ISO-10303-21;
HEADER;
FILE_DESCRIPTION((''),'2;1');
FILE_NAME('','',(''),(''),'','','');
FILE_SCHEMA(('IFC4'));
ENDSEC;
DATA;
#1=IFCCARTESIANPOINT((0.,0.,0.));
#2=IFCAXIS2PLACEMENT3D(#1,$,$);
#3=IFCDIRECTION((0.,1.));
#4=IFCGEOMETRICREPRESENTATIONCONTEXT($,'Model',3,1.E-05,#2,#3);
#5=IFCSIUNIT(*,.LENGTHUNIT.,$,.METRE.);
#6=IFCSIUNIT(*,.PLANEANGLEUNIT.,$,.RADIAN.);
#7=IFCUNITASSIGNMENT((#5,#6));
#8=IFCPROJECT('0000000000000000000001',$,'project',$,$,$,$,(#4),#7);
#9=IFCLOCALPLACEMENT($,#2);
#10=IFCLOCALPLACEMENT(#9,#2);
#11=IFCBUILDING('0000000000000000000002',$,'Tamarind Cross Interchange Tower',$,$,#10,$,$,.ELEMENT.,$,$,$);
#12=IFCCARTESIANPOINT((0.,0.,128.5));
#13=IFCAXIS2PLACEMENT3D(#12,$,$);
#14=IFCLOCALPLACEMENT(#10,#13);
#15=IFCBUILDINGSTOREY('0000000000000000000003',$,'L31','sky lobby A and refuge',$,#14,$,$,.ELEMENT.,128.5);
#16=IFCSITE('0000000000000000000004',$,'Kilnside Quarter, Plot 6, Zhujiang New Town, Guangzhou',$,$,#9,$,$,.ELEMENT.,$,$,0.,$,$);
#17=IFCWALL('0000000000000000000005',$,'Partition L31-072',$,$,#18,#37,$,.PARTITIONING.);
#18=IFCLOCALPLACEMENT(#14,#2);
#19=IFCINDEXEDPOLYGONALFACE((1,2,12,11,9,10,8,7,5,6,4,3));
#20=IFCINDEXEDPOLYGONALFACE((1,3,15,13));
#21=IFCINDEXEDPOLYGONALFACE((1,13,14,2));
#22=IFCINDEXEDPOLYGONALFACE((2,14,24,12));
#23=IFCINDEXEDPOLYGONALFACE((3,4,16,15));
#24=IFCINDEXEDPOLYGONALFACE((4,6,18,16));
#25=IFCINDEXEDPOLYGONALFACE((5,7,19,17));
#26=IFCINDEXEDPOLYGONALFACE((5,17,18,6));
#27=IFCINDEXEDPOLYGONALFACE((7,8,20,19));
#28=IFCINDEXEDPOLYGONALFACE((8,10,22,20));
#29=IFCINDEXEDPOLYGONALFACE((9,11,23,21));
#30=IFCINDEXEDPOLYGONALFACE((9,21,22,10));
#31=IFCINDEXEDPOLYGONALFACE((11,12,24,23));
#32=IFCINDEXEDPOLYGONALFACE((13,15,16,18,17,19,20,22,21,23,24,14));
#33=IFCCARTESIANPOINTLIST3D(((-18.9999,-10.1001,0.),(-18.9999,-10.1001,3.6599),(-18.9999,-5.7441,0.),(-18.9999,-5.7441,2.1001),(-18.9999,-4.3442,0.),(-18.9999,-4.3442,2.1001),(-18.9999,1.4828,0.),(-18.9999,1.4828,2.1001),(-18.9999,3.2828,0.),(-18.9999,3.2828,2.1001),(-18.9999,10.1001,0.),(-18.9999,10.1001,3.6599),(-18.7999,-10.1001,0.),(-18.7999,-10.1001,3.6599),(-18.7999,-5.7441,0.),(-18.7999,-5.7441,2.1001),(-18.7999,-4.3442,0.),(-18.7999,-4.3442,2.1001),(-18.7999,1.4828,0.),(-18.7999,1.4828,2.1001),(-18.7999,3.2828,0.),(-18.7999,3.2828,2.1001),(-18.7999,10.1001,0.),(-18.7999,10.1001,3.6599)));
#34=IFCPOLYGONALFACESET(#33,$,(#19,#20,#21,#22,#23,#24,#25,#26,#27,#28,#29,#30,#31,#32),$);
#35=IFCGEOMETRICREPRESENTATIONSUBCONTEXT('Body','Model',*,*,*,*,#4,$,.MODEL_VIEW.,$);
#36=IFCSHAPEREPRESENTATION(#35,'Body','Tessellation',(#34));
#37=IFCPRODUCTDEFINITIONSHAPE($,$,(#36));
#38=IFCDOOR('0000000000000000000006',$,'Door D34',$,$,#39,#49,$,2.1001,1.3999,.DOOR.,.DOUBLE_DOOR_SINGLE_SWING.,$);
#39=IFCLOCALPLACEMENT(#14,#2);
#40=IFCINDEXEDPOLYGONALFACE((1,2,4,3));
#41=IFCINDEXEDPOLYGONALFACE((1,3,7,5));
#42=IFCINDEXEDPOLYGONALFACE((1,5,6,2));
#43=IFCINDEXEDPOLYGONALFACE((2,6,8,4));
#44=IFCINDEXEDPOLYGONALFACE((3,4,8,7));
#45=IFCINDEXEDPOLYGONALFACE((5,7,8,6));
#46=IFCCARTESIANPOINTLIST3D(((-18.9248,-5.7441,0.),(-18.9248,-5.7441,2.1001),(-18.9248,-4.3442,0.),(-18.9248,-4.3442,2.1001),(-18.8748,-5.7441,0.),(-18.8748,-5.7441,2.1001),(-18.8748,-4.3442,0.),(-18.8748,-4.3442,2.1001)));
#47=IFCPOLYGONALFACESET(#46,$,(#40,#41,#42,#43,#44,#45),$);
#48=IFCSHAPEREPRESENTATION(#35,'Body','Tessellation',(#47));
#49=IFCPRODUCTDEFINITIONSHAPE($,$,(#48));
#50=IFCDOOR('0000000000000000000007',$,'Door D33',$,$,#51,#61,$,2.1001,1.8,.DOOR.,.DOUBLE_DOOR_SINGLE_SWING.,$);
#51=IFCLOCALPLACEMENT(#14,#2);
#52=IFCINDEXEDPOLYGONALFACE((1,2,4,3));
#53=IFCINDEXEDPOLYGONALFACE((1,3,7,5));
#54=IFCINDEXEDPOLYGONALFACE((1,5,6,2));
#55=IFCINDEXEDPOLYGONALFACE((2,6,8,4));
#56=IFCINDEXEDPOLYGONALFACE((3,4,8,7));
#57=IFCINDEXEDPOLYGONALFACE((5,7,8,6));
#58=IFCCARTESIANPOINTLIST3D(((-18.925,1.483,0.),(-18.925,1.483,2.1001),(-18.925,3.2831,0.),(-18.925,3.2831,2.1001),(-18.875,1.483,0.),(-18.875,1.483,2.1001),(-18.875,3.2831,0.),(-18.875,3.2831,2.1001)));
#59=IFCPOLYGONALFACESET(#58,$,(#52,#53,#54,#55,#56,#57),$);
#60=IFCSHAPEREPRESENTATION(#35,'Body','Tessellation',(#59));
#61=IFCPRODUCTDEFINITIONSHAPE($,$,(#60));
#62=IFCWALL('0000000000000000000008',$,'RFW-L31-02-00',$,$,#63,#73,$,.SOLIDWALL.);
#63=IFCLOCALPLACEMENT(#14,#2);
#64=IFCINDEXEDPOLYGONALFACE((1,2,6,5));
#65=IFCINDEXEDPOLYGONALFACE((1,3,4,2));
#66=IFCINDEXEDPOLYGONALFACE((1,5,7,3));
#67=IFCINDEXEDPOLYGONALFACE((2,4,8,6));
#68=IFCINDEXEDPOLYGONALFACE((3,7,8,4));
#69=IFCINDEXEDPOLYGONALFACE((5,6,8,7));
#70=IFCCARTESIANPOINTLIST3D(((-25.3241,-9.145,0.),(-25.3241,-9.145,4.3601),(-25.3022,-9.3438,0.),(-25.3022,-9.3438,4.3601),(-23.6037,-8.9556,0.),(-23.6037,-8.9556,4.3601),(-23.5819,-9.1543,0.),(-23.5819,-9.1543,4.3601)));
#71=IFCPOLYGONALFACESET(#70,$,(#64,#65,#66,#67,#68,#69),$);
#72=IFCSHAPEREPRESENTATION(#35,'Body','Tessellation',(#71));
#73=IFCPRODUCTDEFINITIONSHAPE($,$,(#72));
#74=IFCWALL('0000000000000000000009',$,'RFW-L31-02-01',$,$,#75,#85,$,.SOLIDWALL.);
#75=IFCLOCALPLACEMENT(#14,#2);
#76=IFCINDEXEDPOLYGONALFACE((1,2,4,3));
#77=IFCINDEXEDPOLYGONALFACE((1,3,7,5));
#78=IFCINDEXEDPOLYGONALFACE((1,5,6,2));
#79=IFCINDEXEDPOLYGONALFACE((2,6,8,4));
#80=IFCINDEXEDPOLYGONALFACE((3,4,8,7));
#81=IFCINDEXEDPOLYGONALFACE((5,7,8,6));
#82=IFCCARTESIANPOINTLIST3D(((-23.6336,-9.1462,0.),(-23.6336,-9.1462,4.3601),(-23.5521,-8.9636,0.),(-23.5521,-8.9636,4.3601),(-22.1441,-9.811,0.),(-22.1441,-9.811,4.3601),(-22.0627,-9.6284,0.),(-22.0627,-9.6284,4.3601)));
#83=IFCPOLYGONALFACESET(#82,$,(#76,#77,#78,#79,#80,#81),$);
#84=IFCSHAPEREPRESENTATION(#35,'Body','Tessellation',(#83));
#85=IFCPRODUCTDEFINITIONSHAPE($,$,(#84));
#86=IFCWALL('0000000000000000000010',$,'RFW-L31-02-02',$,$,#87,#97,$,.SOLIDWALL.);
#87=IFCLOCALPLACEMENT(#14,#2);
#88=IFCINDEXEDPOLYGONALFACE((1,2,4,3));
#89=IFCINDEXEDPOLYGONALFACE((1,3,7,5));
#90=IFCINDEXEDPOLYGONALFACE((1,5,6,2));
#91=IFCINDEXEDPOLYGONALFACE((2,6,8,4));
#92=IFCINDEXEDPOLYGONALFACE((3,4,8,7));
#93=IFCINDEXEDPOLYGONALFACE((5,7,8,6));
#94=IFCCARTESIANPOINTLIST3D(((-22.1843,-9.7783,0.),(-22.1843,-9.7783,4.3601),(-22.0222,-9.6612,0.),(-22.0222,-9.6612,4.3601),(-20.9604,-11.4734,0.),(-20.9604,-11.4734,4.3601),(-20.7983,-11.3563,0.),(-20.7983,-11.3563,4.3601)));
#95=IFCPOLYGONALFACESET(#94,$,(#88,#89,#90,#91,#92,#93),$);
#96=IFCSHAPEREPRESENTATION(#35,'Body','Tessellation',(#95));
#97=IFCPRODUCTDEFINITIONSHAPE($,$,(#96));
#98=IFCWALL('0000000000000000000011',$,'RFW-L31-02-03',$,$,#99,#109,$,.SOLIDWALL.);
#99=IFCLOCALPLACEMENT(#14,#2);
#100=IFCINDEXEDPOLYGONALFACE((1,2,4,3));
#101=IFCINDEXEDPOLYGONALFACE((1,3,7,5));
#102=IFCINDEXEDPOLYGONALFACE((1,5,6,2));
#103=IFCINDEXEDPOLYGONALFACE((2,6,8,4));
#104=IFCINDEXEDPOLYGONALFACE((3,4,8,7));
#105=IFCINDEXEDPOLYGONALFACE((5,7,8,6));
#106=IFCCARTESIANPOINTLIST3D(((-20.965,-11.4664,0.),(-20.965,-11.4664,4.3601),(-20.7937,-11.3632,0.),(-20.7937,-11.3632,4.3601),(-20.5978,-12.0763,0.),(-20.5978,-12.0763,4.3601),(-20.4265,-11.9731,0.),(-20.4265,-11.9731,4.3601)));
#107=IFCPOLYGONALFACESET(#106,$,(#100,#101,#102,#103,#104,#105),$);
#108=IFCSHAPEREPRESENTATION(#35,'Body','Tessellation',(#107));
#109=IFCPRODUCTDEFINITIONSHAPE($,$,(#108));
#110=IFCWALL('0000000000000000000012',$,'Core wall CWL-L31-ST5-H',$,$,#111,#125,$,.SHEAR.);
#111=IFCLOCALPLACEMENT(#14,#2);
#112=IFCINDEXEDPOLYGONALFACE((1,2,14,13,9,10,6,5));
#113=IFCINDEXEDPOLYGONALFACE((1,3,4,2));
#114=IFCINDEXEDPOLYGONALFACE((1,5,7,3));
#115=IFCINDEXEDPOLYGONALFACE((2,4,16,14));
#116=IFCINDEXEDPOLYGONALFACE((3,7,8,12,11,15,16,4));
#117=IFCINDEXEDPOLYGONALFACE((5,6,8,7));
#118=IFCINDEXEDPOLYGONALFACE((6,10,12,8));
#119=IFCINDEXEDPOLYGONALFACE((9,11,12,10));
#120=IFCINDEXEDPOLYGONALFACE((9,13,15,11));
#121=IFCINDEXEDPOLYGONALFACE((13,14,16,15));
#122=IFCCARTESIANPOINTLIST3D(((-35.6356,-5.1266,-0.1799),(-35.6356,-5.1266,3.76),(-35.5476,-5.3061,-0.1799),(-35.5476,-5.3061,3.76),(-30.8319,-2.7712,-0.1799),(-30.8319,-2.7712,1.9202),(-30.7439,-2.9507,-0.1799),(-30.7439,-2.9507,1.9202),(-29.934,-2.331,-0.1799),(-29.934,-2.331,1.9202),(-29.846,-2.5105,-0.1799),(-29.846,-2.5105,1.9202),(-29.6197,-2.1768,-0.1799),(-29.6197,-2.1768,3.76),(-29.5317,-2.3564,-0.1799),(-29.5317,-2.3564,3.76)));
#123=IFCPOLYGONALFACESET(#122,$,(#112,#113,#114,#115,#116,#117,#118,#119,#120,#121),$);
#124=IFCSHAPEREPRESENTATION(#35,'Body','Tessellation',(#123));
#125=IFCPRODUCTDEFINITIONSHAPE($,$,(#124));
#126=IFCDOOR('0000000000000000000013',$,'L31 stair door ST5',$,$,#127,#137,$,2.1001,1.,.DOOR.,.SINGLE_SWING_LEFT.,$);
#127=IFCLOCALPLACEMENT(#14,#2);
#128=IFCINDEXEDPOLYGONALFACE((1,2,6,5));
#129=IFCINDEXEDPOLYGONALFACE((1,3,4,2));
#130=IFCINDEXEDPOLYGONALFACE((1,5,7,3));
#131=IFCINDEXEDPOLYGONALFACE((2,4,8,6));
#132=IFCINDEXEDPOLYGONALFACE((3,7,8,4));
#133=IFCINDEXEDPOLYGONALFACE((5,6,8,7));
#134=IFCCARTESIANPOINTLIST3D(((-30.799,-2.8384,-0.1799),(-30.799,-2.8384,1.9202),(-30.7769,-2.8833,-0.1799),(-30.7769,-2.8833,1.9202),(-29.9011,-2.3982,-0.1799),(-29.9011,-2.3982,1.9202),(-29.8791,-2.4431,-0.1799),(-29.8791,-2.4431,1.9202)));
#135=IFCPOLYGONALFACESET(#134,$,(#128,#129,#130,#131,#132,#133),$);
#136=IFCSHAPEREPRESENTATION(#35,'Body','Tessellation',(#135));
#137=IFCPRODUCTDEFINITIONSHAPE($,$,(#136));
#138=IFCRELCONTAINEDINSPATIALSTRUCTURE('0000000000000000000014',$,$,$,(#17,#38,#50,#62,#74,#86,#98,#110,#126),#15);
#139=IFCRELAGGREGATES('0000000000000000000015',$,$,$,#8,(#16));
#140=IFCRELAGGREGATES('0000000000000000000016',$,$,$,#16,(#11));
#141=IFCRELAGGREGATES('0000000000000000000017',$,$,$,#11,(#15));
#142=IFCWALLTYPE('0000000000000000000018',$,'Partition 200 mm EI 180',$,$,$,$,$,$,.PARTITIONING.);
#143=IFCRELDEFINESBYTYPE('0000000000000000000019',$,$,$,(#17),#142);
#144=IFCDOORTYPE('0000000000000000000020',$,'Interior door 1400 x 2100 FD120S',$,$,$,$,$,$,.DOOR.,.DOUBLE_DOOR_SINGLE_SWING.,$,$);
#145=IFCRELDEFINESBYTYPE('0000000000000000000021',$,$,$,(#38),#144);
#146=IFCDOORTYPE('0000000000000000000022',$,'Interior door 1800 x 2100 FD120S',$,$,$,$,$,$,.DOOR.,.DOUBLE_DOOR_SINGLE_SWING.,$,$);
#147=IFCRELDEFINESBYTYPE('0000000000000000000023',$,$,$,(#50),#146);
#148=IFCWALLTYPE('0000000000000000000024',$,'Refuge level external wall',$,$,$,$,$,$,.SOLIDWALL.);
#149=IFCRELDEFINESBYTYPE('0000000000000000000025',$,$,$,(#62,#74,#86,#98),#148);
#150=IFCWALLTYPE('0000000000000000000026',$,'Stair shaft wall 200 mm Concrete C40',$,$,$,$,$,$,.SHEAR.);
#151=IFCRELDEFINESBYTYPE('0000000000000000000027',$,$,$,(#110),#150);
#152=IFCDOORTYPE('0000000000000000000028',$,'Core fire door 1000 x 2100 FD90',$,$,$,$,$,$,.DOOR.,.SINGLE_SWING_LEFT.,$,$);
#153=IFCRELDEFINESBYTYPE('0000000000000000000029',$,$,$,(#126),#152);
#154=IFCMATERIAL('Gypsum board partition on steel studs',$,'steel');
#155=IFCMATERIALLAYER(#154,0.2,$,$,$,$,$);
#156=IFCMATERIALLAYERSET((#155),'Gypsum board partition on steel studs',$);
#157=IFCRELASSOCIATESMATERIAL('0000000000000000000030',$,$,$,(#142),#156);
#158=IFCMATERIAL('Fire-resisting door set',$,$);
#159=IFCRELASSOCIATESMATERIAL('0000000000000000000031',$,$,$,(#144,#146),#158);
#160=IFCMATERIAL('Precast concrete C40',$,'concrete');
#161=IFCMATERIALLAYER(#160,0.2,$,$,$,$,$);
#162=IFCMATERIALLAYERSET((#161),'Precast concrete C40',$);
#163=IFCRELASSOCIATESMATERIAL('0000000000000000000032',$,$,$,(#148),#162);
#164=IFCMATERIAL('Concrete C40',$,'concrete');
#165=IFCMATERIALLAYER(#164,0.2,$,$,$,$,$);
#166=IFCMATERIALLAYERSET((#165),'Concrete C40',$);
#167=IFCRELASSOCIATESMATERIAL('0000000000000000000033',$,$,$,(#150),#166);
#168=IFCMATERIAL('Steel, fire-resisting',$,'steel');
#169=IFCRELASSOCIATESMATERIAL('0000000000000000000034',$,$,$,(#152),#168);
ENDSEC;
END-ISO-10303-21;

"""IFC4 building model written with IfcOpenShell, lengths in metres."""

from ifc_helpers import new_model, si_unit, direction, frame, frame_2d, origin, place, context, subcontext, project, spatial, rectangle, extrude, material, layer, layer_set, type_object, element, fill, save


model = new_model("IFC4")

# Units and contexts
model_context = context("Model", 3, precision=1e-05, world=origin(), true_north=direction((0.0, 1.0)))
body_context = subcontext(model_context, "Body", "Model", "MODEL_VIEW")
ifc_project = project(units=[si_unit("LENGTHUNIT", "METRE"), si_unit("PLANEANGLEUNIT", "RADIAN")], contexts=[model_context])

# Site, building, storey
site_placement = place(None, origin())
site = spatial("IfcSite", under=ifc_project, at=site_placement, Name="Kilnside Quarter, Plot 6, Zhujiang New Town, Guangzhou", CompositionType="ELEMENT", RefElevation=0.0)
building_placement = place(site_placement, origin())
building = spatial("IfcBuilding", under=site, at=building_placement, Name="Tamarind Cross Interchange Tower", CompositionType="ELEMENT")
storey_placement = place(building_placement, frame((0.0, 0.0, 128.5)))
storey = spatial("IfcBuildingStorey", under=building, at=storey_placement, Name="L31", Description="sky lobby A and refuge", CompositionType="ELEMENT", Elevation=128.5)

# Shared definitions
ifc_material_1 = material(Name="Gypsum board partition on steel studs", Category="steel")

# Shared definitions
ifc_layer_1 = layer(ifc_material_1, 0.2)
ifc_layer_set_1 = layer_set([ifc_layer_1], Name="Gypsum board partition on steel studs")
wall_type_1 = type_object("IfcWallType", Name="Partition 200 mm EI 180", PredefinedType="PARTITIONING", material=ifc_layer_set_1)
ifc_material_2 = material(Name="Fire-resisting door set")
door_type_1 = type_object("IfcDoorType", Name="Interior door 1400 x 2100 FD120S", OperationType="DOUBLE_DOOR_SINGLE_SWING", PredefinedType="DOOR", material=ifc_material_2)

# Wall, openings, doors
wall_1_placement = place(storey_placement, frame((-18.8999, -10.1001, 0.0), z_axis=(0.0, 0.0, 1.0), x_axis=(0.0, 1.0, 0.0)))
wall_1 = element("IfcWall", 1, at=wall_1_placement, inside=storey, type_object=wall_type_1, Name="Partition L31-072", PredefinedType="PARTITIONING", context=body_context, shape_type="SweptSolid", body=[
    extrude(rectangle(XDim=20.2002, YDim=0.2, at=frame_2d((10.1001, 0.0))), origin(), (0.0, 0.0, 1.0), 3.6599),
])
opening_1_placement = place(wall_1_placement, frame((11.583, 0.0, 0.0)))
opening_1 = element("IfcOpeningElement", 2, at=opening_1_placement, cuts=wall_1, PredefinedType="OPENING", context=body_context, shape_type="SweptSolid", body=[
    extrude(rectangle(XDim=1.8, YDim=2.1001, at=frame_2d((0.8999, 1.05))), frame((0.0, 0.1099, 0.0), z_axis=(0.0, -1.0, 0.0), x_axis=(1.0, 0.0, 0.0)), (0.0, 0.0, 1.0), 0.22),
])
opening_2_placement = place(wall_1_placement, frame((4.356, 0.0, 0.0)))
opening_2 = element("IfcOpeningElement", 3, at=opening_2_placement, cuts=wall_1, PredefinedType="OPENING", context=body_context, shape_type="SweptSolid", body=[
    extrude(rectangle(XDim=1.3999, YDim=2.1001, at=frame_2d((0.7, 1.05))), frame((0.0, 0.1099, 0.0), z_axis=(0.0, -1.0, 0.0), x_axis=(1.0, 0.0, 0.0)), (0.0, 0.0, 1.0), 0.22),
])
door_1_placement = place(opening_2_placement, origin())
door_1 = element("IfcDoor", 4, at=door_1_placement, inside=storey, type_object=door_type_1, Name="Door D34", OperationType="DOUBLE_DOOR_SINGLE_SWING", OverallHeight=2.1001, OverallWidth=1.3999, PredefinedType="DOOR", context=body_context, shape_type="SweptSolid", body=[
    extrude(rectangle(XDim=1.3999, YDim=2.1001, at=frame_2d((0.7, 1.05))), frame((0.0, 0.0249, 0.0), z_axis=(0.0, -1.0, 0.0), x_axis=(1.0, 0.0, 0.0)), (0.0, 0.0, 1.0), 0.05),
])
fill(opening_2, door_1)
door_type_2 = type_object("IfcDoorType", Name="Interior door 1800 x 2100 FD120S", OperationType="DOUBLE_DOOR_SINGLE_SWING", PredefinedType="DOOR", material=ifc_material_2)
door_2_placement = place(opening_1_placement, frame((1.8, 0.0, 0.0), z_axis=(0.0, 0.0, 1.0), x_axis=(-1.0, 0.0, 0.0)))
door_2 = element("IfcDoor", 5, at=door_2_placement, inside=storey, type_object=door_type_2, Name="Door D33", OperationType="DOUBLE_DOOR_SINGLE_SWING", OverallHeight=2.1001, OverallWidth=1.8, PredefinedType="DOOR", context=body_context, shape_type="SweptSolid", body=[
    extrude(rectangle(XDim=1.8, YDim=2.1001, at=frame_2d((0.8999, 1.05))), frame((0.0, 0.0249, 0.0), z_axis=(0.0, -1.0, 0.0), x_axis=(1.0, 0.0, 0.0)), (0.0, 0.0, 1.0), 0.05),
])
fill(opening_1, door_2)

# Walls
ifc_material_3 = material(Name="Precast concrete C40", Category="concrete")
ifc_layer_2 = layer(ifc_material_3, 0.2)
ifc_layer_set_2 = layer_set([ifc_layer_2], Name="Precast concrete C40")
wall_type_2 = type_object("IfcWallType", Name="Refuge level external wall", PredefinedType="SOLIDWALL", material=ifc_layer_set_2)
wall_2_placement = place(storey_placement, frame((-25.313, -9.2444, 0.0), z_axis=(0.0, 0.0, 1.0), x_axis=(0.99399, 0.109472, 0.0)))
element("IfcWall", 6, at=wall_2_placement, inside=storey, type_object=wall_type_2, Name="RFW-L31-02-00", PredefinedType="SOLIDWALL", context=body_context, shape_type="SweptSolid", body=[
    extrude(rectangle(XDim=1.7307, YDim=0.2, at=frame_2d((0.8652, 0.0))), origin(), (0.0, 0.0, 1.0), 4.3601),
])
wall_3_placement = place(storey_placement, frame((-23.5928, -9.0549, 0.0), z_axis=(0.0, 0.0, 1.0), x_axis=(0.913175, -0.407568, 0.0)))
element("IfcWall", 7, at=wall_3_placement, inside=storey, type_object=wall_type_2, Name="RFW-L31-02-01", PredefinedType="SOLIDWALL", context=body_context, shape_type="SweptSolid", body=[
    extrude(rectangle(XDim=1.6311, YDim=0.2, at=frame_2d((0.8154, 0.0))), origin(), (0.0, 0.0, 1.0), 4.3601),
])
wall_4_placement = place(storey_placement, frame((-22.1033, -9.7197, 0.0), z_axis=(0.0, 0.0, 1.0), x_axis=(0.585384, -0.810756, 0.0)))
element("IfcWall", 8, at=wall_4_placement, inside=storey, type_object=wall_type_2, Name="RFW-L31-02-02", PredefinedType="SOLIDWALL", context=body_context, shape_type="SweptSolid", body=[
    extrude(rectangle(XDim=2.0908, YDim=0.2, at=frame_2d((1.0454, 0.0))), origin(), (0.0, 0.0, 1.0), 4.3601),
])
wall_5_placement = place(storey_placement, frame((-20.8794, -11.4148, 0.0), z_axis=(0.0, 0.0, 1.0), x_axis=(0.515806, -0.856705, 0.0)))
element("IfcWall", 9, at=wall_5_placement, inside=storey, type_object=wall_type_2, Name="RFW-L31-02-03", PredefinedType="SOLIDWALL", context=body_context, shape_type="SweptSolid", body=[
    extrude(rectangle(XDim=0.7119, YDim=0.2, at=frame_2d((0.356, 0.0))), origin(), (0.0, 0.0, 1.0), 4.3601),
])

# Wall, opening, door
ifc_material_4 = material(Name="Concrete C40", Category="concrete")
ifc_layer_3 = layer(ifc_material_4, 0.2)
ifc_layer_set_3 = layer_set([ifc_layer_3], Name="Concrete C40")
wall_type_3 = type_object("IfcWallType", Name="Stair shaft wall 200 mm Concrete C40", PredefinedType="SHEAR", material=ifc_layer_set_3)
wall_6_placement = place(storey_placement, frame((-29.5757, -2.2666, -0.1799), z_axis=(0.0, 0.0, 1.0), x_axis=(-0.897876, -0.440248, 0.0)))
wall_6 = element("IfcWall", 10, at=wall_6_placement, inside=storey, type_object=wall_type_3, Name="Core wall CWL-L31-ST5-H", PredefinedType="SHEAR", context=body_context, shape_type="SweptSolid", body=[
    extrude(rectangle(XDim=6.7002, YDim=0.2, at=frame_2d((3.3501, 0.0))), origin(), (0.0, 0.0, 1.0), 3.9399),
])
opening_3_placement = place(wall_6_placement, frame((0.3501, 0.0, 0.0)))
opening_3 = element("IfcOpeningElement", 11, at=opening_3_placement, cuts=wall_6, PredefinedType="OPENING", context=body_context, shape_type="SweptSolid", body=[
    extrude(rectangle(XDim=1.0, YDim=2.1001, at=frame_2d((0.5, 1.05))), frame((0.0, 0.1099, 0.0), z_axis=(0.0, -1.0, 0.0), x_axis=(1.0, 0.0, 0.0)), (0.0, 0.0, 1.0), 0.22),
])
ifc_material_5 = material(Name="Steel, fire-resisting", Category="steel")
door_type_3 = type_object("IfcDoorType", Name="Core fire door 1000 x 2100 FD90", OperationType="SINGLE_SWING_LEFT", PredefinedType="DOOR", material=ifc_material_5)
door_3_placement = place(opening_3_placement, origin())
door_3 = element("IfcDoor", 12, at=door_3_placement, inside=storey, type_object=door_type_3, Name="L31 stair door ST5", OperationType="SINGLE_SWING_LEFT", OverallHeight=2.1001, OverallWidth=1.0, PredefinedType="DOOR", context=body_context, shape_type="SweptSolid", body=[
    extrude(rectangle(XDim=1.0, YDim=2.1001, at=frame_2d((0.5, 1.05))), frame((0.0, 0.0249, 0.0), z_axis=(0.0, -1.0, 0.0), x_axis=(1.0, 0.0, 0.0)), (0.0, 0.0, 1.0), 0.05),
])
fill(opening_3, door_3)

save(model, "model.ifc")
